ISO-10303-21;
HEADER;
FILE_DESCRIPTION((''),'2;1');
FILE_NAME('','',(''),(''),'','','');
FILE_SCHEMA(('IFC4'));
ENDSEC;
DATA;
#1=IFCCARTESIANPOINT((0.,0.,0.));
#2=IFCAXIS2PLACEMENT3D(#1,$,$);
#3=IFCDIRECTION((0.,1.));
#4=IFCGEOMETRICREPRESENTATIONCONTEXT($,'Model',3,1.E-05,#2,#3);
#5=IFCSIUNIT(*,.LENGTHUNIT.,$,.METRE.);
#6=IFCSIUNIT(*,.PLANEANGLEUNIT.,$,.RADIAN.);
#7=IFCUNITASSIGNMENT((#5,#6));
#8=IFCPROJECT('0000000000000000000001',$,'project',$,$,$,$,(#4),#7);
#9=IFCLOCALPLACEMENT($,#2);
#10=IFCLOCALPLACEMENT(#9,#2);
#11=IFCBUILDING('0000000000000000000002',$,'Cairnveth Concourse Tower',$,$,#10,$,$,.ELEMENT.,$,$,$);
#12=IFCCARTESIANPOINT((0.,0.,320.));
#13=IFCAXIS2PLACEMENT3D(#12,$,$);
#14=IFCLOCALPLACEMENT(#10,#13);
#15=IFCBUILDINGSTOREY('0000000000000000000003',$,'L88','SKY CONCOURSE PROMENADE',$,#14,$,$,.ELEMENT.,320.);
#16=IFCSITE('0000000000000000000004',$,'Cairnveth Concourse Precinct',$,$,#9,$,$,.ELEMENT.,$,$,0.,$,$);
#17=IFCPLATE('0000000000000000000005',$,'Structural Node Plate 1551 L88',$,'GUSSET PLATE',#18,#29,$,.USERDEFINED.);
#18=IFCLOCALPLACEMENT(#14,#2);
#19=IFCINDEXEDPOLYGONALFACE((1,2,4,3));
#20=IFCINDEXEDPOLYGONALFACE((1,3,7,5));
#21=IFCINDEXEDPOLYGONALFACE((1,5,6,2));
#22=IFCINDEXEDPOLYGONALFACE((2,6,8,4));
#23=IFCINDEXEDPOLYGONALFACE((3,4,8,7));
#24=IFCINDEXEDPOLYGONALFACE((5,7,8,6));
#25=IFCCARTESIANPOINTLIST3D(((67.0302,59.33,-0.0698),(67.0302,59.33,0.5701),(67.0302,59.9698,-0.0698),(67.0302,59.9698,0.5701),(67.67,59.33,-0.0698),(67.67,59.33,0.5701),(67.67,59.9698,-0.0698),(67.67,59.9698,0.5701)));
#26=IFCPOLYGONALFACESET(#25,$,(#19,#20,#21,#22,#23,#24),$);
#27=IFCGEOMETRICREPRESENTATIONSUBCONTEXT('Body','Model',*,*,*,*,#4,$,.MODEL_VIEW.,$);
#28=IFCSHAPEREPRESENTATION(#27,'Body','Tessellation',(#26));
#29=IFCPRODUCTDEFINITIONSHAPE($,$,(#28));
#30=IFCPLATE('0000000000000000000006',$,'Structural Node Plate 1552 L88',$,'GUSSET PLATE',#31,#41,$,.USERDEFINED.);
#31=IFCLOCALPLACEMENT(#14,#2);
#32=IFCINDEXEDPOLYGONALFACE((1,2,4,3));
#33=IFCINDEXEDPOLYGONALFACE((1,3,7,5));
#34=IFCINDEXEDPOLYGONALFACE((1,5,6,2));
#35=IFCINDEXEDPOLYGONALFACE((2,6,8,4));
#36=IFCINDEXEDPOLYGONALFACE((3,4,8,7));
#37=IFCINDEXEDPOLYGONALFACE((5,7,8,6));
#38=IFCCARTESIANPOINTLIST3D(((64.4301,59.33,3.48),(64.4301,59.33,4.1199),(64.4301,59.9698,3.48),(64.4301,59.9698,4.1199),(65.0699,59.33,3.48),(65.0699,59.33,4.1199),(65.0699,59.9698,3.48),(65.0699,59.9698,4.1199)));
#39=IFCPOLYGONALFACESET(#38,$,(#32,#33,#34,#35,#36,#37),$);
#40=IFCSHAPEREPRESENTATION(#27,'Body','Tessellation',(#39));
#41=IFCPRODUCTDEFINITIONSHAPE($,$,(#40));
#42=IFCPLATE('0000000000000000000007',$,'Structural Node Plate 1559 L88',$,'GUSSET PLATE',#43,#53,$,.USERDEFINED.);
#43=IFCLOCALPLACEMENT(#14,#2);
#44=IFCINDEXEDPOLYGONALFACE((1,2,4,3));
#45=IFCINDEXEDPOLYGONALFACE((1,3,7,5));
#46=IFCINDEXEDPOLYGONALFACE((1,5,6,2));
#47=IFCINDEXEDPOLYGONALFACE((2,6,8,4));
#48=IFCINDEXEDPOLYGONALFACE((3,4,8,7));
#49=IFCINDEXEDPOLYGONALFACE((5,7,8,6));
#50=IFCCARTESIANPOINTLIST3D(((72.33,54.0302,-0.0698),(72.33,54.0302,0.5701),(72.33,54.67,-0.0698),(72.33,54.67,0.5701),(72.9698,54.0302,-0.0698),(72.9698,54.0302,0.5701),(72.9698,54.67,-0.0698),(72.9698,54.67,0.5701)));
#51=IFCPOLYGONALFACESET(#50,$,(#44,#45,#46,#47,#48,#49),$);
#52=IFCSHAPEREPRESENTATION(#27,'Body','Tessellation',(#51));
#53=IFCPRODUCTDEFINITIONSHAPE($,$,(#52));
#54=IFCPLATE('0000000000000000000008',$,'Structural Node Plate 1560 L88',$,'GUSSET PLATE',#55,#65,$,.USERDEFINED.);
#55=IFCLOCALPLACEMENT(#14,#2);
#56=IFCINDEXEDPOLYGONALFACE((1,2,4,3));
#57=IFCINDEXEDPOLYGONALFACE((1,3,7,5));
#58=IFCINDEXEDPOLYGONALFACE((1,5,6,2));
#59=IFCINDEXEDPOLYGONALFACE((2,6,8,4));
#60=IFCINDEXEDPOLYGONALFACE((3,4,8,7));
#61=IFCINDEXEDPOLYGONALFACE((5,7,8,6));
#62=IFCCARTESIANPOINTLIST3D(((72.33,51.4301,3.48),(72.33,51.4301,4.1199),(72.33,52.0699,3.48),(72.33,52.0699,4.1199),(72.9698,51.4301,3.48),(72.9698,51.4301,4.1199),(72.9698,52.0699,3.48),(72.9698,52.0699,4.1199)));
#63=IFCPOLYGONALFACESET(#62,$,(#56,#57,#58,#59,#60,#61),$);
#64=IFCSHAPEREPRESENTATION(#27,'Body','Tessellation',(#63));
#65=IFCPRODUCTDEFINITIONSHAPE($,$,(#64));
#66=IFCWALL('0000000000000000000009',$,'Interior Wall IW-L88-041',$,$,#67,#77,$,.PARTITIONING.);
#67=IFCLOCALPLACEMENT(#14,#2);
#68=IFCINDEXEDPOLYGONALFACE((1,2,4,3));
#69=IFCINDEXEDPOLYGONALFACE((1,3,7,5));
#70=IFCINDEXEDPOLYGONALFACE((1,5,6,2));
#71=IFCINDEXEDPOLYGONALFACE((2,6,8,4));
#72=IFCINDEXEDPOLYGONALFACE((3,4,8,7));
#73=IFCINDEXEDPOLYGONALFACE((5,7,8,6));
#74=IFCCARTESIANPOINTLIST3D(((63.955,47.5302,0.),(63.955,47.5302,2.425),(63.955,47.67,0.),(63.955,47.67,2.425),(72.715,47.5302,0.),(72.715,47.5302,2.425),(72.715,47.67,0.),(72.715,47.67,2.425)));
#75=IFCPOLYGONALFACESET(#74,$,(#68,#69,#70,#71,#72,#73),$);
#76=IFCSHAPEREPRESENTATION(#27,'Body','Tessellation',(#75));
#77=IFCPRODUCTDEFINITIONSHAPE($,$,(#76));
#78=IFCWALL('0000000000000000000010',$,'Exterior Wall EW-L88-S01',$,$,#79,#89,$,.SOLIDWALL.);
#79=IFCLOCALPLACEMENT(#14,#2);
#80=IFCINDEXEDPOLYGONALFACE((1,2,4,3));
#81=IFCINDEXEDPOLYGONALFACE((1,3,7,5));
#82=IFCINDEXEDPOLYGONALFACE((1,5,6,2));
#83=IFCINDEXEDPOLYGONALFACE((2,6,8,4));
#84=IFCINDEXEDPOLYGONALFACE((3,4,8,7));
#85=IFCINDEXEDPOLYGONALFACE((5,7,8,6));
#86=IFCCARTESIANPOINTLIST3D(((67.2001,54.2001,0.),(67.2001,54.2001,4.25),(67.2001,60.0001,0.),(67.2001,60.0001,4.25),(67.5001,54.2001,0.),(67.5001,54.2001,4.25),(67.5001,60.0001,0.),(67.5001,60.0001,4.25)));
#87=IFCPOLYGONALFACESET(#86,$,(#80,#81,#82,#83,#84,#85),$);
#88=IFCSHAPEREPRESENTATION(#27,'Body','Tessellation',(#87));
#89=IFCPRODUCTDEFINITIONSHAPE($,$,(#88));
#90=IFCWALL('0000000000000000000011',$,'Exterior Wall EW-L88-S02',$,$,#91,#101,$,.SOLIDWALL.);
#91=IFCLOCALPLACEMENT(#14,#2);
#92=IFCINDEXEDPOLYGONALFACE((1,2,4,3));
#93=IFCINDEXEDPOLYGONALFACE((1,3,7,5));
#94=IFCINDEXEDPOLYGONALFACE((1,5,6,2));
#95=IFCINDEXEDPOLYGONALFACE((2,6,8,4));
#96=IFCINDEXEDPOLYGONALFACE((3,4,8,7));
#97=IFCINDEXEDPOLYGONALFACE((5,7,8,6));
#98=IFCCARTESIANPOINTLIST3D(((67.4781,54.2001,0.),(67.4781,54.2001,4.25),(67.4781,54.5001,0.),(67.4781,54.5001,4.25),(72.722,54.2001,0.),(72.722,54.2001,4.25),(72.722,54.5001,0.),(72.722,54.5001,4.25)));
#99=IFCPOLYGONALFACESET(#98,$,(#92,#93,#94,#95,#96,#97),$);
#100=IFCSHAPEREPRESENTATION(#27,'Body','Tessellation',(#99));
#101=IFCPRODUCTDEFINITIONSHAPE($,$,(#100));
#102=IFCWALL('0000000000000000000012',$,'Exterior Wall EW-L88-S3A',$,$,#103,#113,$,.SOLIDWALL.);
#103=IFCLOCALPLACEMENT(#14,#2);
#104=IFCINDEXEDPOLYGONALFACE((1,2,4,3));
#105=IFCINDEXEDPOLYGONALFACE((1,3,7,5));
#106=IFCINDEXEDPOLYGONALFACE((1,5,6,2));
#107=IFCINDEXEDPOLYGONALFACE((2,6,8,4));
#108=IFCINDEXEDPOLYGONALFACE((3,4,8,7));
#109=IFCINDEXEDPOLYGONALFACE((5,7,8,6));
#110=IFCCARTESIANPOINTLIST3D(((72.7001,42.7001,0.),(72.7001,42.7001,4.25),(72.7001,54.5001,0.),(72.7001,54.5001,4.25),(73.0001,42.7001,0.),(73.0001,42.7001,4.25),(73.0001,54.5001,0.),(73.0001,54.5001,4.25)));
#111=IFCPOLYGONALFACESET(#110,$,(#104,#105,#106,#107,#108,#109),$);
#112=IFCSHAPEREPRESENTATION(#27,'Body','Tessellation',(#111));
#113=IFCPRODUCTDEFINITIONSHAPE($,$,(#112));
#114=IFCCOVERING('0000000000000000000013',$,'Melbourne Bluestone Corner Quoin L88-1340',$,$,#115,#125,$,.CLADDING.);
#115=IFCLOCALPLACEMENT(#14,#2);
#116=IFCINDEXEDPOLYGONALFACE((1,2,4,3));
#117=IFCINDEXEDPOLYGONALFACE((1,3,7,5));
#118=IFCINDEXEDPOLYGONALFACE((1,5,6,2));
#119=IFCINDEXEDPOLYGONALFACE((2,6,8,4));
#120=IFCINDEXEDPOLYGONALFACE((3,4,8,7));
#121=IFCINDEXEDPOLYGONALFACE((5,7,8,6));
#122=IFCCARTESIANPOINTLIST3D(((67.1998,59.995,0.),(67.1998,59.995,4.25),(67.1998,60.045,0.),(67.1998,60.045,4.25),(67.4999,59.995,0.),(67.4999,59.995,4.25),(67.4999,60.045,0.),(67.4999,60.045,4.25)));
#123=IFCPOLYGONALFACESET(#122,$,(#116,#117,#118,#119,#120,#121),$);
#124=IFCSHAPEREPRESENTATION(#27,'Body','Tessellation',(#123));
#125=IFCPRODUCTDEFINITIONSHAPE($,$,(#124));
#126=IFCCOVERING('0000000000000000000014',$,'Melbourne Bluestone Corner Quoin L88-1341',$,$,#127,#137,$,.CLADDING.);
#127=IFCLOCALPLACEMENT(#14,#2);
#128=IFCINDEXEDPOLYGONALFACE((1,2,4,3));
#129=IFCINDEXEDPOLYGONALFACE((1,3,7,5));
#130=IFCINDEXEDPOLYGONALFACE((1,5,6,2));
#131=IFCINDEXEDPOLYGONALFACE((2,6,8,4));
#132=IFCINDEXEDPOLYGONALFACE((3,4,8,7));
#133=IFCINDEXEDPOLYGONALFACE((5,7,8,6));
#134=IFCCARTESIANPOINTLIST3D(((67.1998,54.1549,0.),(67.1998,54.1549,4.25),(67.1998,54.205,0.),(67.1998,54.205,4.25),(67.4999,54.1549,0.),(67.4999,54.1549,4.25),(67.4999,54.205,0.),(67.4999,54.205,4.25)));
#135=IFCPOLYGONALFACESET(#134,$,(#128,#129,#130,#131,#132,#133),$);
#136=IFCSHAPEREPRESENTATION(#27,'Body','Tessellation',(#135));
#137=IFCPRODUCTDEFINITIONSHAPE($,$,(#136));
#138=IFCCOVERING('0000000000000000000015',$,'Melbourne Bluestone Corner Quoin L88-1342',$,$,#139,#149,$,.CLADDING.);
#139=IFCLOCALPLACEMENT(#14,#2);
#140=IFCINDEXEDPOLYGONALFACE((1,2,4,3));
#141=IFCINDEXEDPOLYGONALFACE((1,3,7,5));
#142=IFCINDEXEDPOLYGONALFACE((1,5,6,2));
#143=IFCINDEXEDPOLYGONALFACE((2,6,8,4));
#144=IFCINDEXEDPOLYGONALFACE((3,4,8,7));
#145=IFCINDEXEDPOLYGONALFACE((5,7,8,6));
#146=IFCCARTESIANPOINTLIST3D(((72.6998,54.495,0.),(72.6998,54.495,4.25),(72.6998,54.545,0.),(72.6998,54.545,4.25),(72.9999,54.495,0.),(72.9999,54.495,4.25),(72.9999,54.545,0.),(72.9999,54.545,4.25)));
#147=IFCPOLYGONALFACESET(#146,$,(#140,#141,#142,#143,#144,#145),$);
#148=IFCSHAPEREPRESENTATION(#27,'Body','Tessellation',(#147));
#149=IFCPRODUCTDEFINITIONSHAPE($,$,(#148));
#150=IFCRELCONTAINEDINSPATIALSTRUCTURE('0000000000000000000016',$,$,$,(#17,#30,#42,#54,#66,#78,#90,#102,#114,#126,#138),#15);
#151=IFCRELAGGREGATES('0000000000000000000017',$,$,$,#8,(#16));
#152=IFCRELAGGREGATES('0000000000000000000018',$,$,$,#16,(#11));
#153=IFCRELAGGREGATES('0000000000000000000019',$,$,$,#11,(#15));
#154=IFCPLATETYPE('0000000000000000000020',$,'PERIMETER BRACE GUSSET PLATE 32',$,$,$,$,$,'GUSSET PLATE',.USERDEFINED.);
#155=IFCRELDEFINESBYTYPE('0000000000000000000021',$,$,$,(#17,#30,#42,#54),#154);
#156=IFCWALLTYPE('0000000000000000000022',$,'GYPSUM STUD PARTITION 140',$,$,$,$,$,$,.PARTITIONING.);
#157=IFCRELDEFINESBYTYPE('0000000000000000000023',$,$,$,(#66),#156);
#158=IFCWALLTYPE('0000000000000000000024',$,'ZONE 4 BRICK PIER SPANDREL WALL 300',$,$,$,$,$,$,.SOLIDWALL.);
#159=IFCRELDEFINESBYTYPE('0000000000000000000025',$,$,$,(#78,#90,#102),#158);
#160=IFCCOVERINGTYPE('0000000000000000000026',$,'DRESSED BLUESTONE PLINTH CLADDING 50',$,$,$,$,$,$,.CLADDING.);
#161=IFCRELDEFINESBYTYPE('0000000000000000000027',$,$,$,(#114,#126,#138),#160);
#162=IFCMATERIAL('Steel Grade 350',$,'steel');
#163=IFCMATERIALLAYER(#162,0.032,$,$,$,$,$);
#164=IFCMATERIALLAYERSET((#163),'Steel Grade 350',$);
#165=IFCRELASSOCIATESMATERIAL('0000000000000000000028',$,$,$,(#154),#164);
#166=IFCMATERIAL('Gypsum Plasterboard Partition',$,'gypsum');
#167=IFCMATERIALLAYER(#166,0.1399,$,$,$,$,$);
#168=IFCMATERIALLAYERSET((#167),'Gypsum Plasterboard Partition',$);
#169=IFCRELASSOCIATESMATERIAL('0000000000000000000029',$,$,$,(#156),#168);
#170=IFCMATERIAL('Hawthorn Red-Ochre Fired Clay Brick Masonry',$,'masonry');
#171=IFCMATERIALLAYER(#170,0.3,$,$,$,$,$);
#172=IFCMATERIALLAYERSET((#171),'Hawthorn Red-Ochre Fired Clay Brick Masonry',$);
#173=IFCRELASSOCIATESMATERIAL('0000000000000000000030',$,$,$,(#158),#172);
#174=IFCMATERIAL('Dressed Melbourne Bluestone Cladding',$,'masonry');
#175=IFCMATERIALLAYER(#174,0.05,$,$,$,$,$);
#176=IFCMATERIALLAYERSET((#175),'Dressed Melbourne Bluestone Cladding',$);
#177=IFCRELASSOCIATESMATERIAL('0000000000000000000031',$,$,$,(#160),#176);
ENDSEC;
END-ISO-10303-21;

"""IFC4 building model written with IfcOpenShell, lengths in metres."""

from ifc_helpers import new_model, si_unit, direction, frame, frame_2d, origin, origin_2d, place, context, subcontext, project, spatial, rectangle, extrude, material, layer, layer_set, type_object, element, save


model = new_model("IFC4")

# Units and contexts
model_context = context("Model", 3, precision=1e-05, world=origin(), true_north=direction((0.0, 1.0)))
body_context = subcontext(model_context, "Body", "Model", "MODEL_VIEW")
ifc_project = project(units=[si_unit("LENGTHUNIT", "METRE"), si_unit("PLANEANGLEUNIT", "RADIAN")], contexts=[model_context])

# Site, building, storey
site_placement = place(None, origin())
site = spatial("IfcSite", under=ifc_project, at=site_placement, Name="Cairnveth Concourse Precinct", CompositionType="ELEMENT", RefElevation=0.0)
building_placement = place(site_placement, origin())
building = spatial("IfcBuilding", under=site, at=building_placement, Name="Cairnveth Concourse Tower", CompositionType="ELEMENT")
storey_placement = place(building_placement, frame((0.0, 0.0, 320.0)))
storey = spatial("IfcBuildingStorey", under=building, at=storey_placement, Name="L88", Description="SKY CONCOURSE PROMENADE", CompositionType="ELEMENT", Elevation=320.0)

# Shared definitions
ifc_material_1 = material(Name="Steel Grade 350", Category="steel")

# Plates
ifc_layer_1 = layer(ifc_material_1, 0.032)
ifc_layer_set_1 = layer_set([ifc_layer_1], Name="Steel Grade 350")
plate_type = type_object("IfcPlateType", Name="PERIMETER BRACE GUSSET PLATE 32", ElementType="GUSSET PLATE", PredefinedType="USERDEFINED", material=ifc_layer_set_1)
for number, where, z_axis, x_axis, name in (
    (1, (67.3501, 59.6499, -0.0698), (0.0, 0.0, 1.0), (1.0, 0.0, 0.0), "Structural Node Plate 1551 L88"),
    (2, (64.75, 59.6499, 3.48), (0.0, 0.0, 1.0), (1.0, 0.0, 0.0), "Structural Node Plate 1552 L88"),
    (3, (72.6499, 54.3501, -0.0698), (0.0, 0.0, 1.0), (1.0, 0.0, 0.0), "Structural Node Plate 1559 L88"),
    (4, (72.6499, 51.75, 3.48), (0.0, 0.0, 1.0), (1.0, 0.0, 0.0), "Structural Node Plate 1560 L88"),
):
    element("IfcPlate", number, at=place(storey_placement, frame(where, z_axis=z_axis, x_axis=x_axis)), inside=storey, type_object=plate_type, Name=name, ObjectType="GUSSET PLATE", PredefinedType="USERDEFINED", context=body_context, shape_type="SweptSolid", body=[
        extrude(rectangle(XDim=0.6399, YDim=0.6399, at=origin_2d()), origin(), (0.0, 0.0, 1.0), 0.6399),
    ])

# Walls
ifc_material_2 = material(Name="Gypsum Plasterboard Partition", Category="gypsum")
ifc_layer_2 = layer(ifc_material_2, 0.1399)
ifc_layer_set_2 = layer_set([ifc_layer_2], Name="Gypsum Plasterboard Partition")
wall_type_1 = type_object("IfcWallType", Name="GYPSUM STUD PARTITION 140", PredefinedType="PARTITIONING", material=ifc_layer_set_2)
wall_1_placement = place(storey_placement, frame((63.9551, 47.6001, 0.0), z_axis=(0.0, 0.0, 1.0), x_axis=(1.0, 0.0, 0.0)))
element("IfcWall", 5, at=wall_1_placement, inside=storey, type_object=wall_type_1, Name="Interior Wall IW-L88-041", PredefinedType="PARTITIONING", context=body_context, shape_type="SweptSolid", body=[
    extrude(rectangle(XDim=8.76, YDim=0.1399, at=frame_2d((4.3799, 0.0))), origin(), (0.0, 0.0, 1.0), 2.425),
])
ifc_material_3 = material(Name="Hawthorn Red-Ochre Fired Clay Brick Masonry", Category="masonry")
ifc_layer_3 = layer(ifc_material_3, 0.3)
ifc_layer_set_3 = layer_set([ifc_layer_3], Name="Hawthorn Red-Ochre Fired Clay Brick Masonry")
wall_type_2 = type_object("IfcWallType", Name="ZONE 4 BRICK PIER SPANDREL WALL 300", PredefinedType="SOLIDWALL", material=ifc_layer_set_3)
wall_2_placement = place(storey_placement, frame((67.3501, 60.0, 0.0), z_axis=(0.0, 0.0, 1.0), x_axis=(0.0, -1.0, 0.0)))
element("IfcWall", 6, at=wall_2_placement, inside=storey, type_object=wall_type_2, Name="Exterior Wall EW-L88-S01", PredefinedType="SOLIDWALL", context=body_context, shape_type="SweptSolid", body=[
    extrude(rectangle(XDim=5.8, YDim=0.3, at=frame_2d((2.8999, 0.0))), origin(), (0.0, 0.0, 1.0), 4.25),
])
wall_3_placement = place(storey_placement, frame((67.478, 54.3501, 0.0), z_axis=(0.0, 0.0, 1.0), x_axis=(1.0, 0.0, 0.0)))
element("IfcWall", 7, at=wall_3_placement, inside=storey, type_object=wall_type_2, Name="Exterior Wall EW-L88-S02", PredefinedType="SOLIDWALL", context=body_context, shape_type="SweptSolid", body=[
    extrude(rectangle(XDim=5.2439, YDim=0.3, at=frame_2d((2.6221, 0.0))), origin(), (0.0, 0.0, 1.0), 4.25),
])
wall_4_placement = place(storey_placement, frame((72.8501, 54.5, 0.0), z_axis=(0.0, 0.0, 1.0), x_axis=(0.0, -1.0, 0.0)))
element("IfcWall", 8, at=wall_4_placement, inside=storey, type_object=wall_type_2, Name="Exterior Wall EW-L88-S3A", PredefinedType="SOLIDWALL", context=body_context, shape_type="SweptSolid", body=[
    extrude(rectangle(XDim=11.8, YDim=0.3, at=frame_2d((5.8999, 0.0))), origin(), (0.0, 0.0, 1.0), 4.25),
])

# Coverings
ifc_material_4 = material(Name="Dressed Melbourne Bluestone Cladding", Category="masonry")
ifc_layer_4 = layer(ifc_material_4, 0.05)
ifc_layer_set_4 = layer_set([ifc_layer_4], Name="Dressed Melbourne Bluestone Cladding")
covering_type = type_object("IfcCoveringType", Name="DRESSED BLUESTONE PLINTH CLADDING 50", PredefinedType="CLADDING", material=ifc_layer_set_4)
for number, where, z_axis, x_axis, name in (
    (9, (67.2, 60.02, 0.0), (0.0, 0.0, 1.0), (1.0, 0.0, 0.0), "Melbourne Bluestone Corner Quoin L88-1340"),
    (10, (67.2, 54.1799, 0.0), (0.0, 0.0, 1.0), (1.0, 0.0, 0.0), "Melbourne Bluestone Corner Quoin L88-1341"),
    (11, (72.7, 54.52, 0.0), (0.0, 0.0, 1.0), (1.0, 0.0, 0.0), "Melbourne Bluestone Corner Quoin L88-1342"),
):
    element("IfcCovering", number, at=place(storey_placement, frame(where, z_axis=z_axis, x_axis=x_axis)), inside=storey, type_object=covering_type, Name=name, PredefinedType="CLADDING", context=body_context, shape_type="SweptSolid", body=[
        extrude(rectangle(XDim=0.3, YDim=0.05, at=frame_2d((0.1499, 0.0))), origin(), (0.0, 0.0, 1.0), 4.25),
    ])

save(model, "model.ifc")
